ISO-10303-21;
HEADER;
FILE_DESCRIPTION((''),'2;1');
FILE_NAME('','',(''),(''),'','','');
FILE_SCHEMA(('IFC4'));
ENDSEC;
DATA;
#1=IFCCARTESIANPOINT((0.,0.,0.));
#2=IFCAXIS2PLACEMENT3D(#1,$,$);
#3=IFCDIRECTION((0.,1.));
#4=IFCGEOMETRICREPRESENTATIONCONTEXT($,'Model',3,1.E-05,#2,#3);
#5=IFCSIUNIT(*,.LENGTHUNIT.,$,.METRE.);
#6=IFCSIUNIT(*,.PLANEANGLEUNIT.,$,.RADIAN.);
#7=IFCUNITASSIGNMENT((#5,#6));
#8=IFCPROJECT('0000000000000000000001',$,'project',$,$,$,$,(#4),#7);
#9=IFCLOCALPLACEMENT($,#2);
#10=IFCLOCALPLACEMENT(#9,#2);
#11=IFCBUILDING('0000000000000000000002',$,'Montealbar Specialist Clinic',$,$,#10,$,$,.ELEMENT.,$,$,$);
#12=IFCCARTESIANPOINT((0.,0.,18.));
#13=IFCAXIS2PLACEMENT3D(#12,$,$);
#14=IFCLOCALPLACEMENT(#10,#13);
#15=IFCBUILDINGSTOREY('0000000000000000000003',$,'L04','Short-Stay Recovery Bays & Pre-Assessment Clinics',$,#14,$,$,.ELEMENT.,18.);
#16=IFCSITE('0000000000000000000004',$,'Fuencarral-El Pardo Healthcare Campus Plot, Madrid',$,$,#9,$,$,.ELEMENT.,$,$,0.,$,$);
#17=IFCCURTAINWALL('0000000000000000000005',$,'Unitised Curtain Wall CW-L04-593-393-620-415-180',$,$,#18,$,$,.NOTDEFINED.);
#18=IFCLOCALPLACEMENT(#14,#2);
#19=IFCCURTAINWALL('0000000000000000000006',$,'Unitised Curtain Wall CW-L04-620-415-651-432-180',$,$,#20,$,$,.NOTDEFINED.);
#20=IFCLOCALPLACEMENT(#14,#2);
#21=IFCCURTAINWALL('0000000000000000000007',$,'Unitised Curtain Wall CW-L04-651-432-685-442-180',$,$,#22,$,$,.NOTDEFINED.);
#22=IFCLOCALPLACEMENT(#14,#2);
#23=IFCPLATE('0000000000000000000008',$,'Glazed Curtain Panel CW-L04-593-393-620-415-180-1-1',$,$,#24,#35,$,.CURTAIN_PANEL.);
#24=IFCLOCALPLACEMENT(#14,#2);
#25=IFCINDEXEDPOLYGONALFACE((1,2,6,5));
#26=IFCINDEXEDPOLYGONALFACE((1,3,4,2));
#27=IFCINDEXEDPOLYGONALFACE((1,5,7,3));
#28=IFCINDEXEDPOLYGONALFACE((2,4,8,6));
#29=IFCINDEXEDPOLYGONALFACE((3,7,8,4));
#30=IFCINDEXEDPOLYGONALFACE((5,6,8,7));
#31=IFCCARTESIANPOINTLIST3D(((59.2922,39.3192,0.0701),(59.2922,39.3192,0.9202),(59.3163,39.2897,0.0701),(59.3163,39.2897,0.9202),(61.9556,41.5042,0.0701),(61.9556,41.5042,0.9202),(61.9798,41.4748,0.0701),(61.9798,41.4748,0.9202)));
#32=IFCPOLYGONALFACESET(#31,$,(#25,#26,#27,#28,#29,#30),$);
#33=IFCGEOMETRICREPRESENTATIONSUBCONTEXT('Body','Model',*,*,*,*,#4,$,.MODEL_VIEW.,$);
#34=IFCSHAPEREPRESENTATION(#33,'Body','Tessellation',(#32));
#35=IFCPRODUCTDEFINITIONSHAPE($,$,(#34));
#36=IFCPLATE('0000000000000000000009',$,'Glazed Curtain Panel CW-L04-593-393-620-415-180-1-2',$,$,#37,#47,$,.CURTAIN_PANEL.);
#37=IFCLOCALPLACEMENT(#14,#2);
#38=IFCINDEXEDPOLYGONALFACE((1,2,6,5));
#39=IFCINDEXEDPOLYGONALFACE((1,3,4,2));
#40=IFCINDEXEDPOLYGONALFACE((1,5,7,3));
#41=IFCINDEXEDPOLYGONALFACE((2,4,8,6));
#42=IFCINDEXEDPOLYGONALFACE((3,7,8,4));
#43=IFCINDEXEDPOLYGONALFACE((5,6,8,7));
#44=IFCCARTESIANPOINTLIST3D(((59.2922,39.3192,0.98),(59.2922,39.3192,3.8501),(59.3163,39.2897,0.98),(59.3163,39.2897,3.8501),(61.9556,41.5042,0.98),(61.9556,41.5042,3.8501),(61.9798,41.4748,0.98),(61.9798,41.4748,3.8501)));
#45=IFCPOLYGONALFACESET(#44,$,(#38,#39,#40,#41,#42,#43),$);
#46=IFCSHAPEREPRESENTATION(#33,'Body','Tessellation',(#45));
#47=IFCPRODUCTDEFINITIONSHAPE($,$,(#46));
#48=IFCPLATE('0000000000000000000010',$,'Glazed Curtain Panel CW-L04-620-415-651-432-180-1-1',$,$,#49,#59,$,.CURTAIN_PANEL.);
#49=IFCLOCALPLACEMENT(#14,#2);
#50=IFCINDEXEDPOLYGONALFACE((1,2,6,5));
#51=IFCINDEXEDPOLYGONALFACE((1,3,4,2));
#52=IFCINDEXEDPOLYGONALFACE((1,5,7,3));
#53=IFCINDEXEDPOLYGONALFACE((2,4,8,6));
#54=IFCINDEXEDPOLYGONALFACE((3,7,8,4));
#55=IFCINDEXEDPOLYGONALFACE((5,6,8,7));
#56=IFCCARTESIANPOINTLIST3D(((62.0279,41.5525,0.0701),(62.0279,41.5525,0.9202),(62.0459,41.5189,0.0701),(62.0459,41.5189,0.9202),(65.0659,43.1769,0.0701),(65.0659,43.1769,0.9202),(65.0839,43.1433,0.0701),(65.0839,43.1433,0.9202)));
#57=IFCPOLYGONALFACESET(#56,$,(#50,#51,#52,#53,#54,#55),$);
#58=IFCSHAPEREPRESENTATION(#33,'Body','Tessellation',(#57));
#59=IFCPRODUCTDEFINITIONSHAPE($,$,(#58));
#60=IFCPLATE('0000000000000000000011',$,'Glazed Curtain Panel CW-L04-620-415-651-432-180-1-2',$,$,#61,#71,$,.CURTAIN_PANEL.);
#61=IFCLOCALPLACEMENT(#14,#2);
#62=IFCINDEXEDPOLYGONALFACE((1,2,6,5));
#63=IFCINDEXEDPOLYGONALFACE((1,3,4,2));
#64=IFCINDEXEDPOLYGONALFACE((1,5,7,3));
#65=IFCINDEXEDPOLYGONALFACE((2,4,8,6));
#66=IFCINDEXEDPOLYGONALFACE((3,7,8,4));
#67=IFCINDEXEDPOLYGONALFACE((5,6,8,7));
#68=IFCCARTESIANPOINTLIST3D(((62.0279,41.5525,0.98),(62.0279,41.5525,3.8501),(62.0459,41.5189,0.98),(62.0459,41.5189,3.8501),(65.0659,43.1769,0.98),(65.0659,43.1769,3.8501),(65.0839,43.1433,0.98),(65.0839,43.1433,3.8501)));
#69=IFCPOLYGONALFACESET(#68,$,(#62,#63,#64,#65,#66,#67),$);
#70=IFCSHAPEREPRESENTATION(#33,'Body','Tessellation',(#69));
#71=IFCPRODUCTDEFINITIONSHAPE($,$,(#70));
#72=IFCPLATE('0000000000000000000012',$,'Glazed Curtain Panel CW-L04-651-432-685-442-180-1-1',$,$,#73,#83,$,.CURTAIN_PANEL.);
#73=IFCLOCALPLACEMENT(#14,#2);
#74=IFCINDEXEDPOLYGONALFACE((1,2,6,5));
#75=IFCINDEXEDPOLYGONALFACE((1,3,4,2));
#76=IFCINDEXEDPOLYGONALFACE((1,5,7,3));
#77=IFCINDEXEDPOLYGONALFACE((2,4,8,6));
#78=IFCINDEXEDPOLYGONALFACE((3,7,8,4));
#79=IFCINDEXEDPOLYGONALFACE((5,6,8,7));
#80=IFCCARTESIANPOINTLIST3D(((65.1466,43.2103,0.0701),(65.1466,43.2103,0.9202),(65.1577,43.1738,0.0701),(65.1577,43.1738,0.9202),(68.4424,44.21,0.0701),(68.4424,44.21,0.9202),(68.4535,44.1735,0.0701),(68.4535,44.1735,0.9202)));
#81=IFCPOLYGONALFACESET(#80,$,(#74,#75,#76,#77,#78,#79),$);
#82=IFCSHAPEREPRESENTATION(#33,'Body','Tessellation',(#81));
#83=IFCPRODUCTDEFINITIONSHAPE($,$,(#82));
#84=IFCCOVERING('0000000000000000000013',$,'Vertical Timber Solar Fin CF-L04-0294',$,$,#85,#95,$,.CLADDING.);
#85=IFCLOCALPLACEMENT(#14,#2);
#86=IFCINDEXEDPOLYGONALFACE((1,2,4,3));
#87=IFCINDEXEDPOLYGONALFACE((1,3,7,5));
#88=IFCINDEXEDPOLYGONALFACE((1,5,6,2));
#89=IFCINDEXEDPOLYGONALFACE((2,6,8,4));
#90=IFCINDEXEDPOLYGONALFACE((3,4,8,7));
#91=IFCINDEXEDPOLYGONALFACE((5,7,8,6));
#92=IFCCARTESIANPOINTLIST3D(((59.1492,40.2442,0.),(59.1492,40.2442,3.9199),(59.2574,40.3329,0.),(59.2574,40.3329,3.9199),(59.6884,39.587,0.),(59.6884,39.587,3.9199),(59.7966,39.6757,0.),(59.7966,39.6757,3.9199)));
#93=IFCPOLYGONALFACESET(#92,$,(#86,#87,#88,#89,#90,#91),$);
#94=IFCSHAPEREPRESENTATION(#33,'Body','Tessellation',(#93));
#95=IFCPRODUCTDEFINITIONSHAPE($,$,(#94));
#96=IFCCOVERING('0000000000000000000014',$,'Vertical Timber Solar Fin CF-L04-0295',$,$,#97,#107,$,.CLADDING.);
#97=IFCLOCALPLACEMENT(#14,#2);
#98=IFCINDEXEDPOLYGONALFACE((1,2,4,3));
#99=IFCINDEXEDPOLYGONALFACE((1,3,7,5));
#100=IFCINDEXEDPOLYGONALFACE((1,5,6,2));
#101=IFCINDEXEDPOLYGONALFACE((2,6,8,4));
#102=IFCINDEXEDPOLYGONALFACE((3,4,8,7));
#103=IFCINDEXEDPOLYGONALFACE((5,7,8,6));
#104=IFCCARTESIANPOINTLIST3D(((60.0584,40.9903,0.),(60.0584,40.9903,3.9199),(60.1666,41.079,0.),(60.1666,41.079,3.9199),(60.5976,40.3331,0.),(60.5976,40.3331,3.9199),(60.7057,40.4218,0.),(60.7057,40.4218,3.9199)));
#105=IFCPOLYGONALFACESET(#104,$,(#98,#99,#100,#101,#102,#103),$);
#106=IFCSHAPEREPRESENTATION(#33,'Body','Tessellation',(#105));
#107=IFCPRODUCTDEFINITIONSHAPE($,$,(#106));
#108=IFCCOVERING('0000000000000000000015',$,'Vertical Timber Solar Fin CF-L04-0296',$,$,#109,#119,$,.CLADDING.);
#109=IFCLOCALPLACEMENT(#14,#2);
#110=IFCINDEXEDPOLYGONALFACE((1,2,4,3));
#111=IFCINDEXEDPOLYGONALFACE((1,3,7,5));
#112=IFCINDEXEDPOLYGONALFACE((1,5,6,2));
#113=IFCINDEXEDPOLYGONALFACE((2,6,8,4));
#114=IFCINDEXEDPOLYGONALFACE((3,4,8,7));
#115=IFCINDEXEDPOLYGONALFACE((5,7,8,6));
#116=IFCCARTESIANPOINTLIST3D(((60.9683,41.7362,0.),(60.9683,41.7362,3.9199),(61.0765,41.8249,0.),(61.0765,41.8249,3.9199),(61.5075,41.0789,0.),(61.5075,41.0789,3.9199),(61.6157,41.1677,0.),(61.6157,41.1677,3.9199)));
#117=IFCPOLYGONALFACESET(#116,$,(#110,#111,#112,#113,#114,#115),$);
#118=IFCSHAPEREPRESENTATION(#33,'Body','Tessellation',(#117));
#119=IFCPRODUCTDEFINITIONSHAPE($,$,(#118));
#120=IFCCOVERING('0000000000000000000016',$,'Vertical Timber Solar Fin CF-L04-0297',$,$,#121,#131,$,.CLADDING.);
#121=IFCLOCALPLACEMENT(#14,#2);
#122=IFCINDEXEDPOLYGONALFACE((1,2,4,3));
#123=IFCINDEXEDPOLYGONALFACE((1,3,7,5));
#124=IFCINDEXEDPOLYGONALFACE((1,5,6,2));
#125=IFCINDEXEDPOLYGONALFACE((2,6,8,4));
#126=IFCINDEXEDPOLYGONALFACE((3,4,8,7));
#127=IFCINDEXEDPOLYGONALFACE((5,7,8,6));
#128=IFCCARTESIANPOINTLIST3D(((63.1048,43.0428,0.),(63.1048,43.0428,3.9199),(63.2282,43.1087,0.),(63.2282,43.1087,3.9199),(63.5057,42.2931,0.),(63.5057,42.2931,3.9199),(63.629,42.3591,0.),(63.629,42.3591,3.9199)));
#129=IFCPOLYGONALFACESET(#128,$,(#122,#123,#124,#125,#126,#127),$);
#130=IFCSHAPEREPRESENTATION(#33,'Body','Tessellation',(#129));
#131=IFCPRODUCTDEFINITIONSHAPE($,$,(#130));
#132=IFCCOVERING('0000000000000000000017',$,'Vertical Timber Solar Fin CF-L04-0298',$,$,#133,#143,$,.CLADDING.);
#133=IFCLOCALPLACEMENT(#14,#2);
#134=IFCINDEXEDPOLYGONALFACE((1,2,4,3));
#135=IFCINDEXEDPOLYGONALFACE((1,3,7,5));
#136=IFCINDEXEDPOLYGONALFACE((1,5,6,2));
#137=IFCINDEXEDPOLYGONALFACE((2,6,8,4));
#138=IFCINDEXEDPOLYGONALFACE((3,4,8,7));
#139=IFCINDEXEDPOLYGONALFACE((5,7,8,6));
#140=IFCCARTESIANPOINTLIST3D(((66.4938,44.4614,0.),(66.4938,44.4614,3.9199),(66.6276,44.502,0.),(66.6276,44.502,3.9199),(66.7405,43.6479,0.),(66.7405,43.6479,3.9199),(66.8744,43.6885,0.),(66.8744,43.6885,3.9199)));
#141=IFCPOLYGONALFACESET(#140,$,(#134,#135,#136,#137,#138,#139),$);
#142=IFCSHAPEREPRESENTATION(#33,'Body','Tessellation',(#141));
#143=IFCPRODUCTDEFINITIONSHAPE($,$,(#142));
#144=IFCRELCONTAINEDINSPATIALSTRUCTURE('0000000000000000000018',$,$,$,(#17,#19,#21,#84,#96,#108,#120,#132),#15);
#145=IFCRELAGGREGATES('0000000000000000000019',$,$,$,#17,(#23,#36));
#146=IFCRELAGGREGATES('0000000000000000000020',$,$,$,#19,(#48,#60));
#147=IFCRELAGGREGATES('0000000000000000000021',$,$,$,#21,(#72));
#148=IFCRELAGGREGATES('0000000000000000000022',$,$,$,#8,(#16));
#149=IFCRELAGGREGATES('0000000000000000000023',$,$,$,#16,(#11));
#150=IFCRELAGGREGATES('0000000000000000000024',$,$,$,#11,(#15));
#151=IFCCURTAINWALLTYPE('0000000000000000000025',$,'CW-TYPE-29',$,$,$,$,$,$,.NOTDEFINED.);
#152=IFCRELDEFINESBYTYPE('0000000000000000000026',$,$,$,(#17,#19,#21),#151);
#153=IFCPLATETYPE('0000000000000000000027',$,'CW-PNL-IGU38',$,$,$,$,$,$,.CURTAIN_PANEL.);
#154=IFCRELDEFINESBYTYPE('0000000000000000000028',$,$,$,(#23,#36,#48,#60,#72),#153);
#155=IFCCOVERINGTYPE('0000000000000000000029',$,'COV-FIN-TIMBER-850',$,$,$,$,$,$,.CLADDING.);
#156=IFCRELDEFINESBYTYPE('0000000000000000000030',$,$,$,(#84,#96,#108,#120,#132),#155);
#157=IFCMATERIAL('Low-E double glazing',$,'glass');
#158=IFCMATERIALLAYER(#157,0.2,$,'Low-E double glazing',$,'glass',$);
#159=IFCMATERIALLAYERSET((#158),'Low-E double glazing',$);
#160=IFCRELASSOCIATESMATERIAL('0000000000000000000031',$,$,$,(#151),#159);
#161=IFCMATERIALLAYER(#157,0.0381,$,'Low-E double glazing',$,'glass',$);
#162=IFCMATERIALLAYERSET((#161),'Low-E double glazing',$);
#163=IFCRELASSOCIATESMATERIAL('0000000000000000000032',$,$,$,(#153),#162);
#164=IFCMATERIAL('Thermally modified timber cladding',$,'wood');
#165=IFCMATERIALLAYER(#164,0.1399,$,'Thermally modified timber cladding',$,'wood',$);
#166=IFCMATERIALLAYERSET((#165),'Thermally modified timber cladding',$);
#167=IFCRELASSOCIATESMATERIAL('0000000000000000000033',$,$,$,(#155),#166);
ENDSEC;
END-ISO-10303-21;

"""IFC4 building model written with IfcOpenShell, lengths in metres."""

from ifc_helpers import new_model, si_unit, direction, frame, origin, origin_2d, place, context, subcontext, project, spatial, rectangle, extrude, material, layer, layer_set, type_object, element, aggregate, save


model = new_model("IFC4")

# Units and contexts
model_context = context("Model", 3, precision=1e-05, world=origin(), true_north=direction((0.0, 1.0)))
body_context = subcontext(model_context, "Body", "Model", "MODEL_VIEW")
ifc_project = project(units=[si_unit("LENGTHUNIT", "METRE"), si_unit("PLANEANGLEUNIT", "RADIAN")], contexts=[model_context])

# Site, building, storey
site_placement = place(None, origin())
site = spatial("IfcSite", under=ifc_project, at=site_placement, Name="Fuencarral-El Pardo Healthcare Campus Plot, Madrid", CompositionType="ELEMENT", RefElevation=0.0)
building_placement = place(site_placement, origin())
building = spatial("IfcBuilding", under=site, at=building_placement, Name="Montealbar Specialist Clinic", CompositionType="ELEMENT")
storey_placement = place(building_placement, frame((0.0, 0.0, 18.0)))
storey = spatial("IfcBuildingStorey", under=building, at=storey_placement, Name="L04", Description="Short-Stay Recovery Bays & Pre-Assessment Clinics", CompositionType="ELEMENT", Elevation=18.0)

# Curtain walls
ifc_material_1 = material(Name="Low-E double glazing", Category="glass")
ifc_layer_1 = layer(ifc_material_1, 0.2, Name="Low-E double glazing", Category="glass")
ifc_layer_set_1 = layer_set([ifc_layer_1], Name="Low-E double glazing")
curtain_wall_type = type_object("IfcCurtainWallType", Name="CW-TYPE-29", PredefinedType="NOTDEFINED", material=ifc_layer_set_1)
curtain_wall_1_placement = place(storey_placement, origin())
curtain_wall_1 = element("IfcCurtainWall", 1, at=curtain_wall_1_placement, inside=storey, type_object=curtain_wall_type, Name="Unitised Curtain Wall CW-L04-593-393-620-415-180", PredefinedType="NOTDEFINED")
curtain_wall_2_placement = place(storey_placement, origin())
curtain_wall_2 = element("IfcCurtainWall", 2, at=curtain_wall_2_placement, inside=storey, type_object=curtain_wall_type, Name="Unitised Curtain Wall CW-L04-620-415-651-432-180", PredefinedType="NOTDEFINED")

# Curtain wall
curtain_wall_3_placement = place(storey_placement, origin())
curtain_wall_3 = element("IfcCurtainWall", 3, at=curtain_wall_3_placement, inside=storey, type_object=curtain_wall_type, Name="Unitised Curtain Wall CW-L04-651-432-685-442-180", PredefinedType="NOTDEFINED")

# Plates
ifc_layer_2 = layer(ifc_material_1, 0.0381, Name="Low-E double glazing", Category="glass")
ifc_layer_set_2 = layer_set([ifc_layer_2], Name="Low-E double glazing")
plate_type = type_object("IfcPlateType", Name="CW-PNL-IGU38", PredefinedType="CURTAIN_PANEL", material=ifc_layer_set_2)
plate_1_placement = place(storey_placement, frame((60.636, 40.397, 0.0701), z_axis=(0.0, 0.0, 1.0), x_axis=(0.773123, 0.634256, 0.0)))
plate_1 = element("IfcPlate", 4, at=plate_1_placement, type_object=plate_type, Name="Glazed Curtain Panel CW-L04-593-393-620-415-180-1-1", PredefinedType="CURTAIN_PANEL", context=body_context, shape_type="SweptSolid", body=[
    extrude(rectangle(XDim=3.4451, YDim=0.0381, at=origin_2d()), origin(), (0.0, 0.0, 1.0), 0.8501),
])
plate_2_placement = place(storey_placement, frame((60.636, 40.397, 0.98), z_axis=(0.0, 0.0, 1.0), x_axis=(0.773123, 0.634256, 0.0)))
plate_2 = element("IfcPlate", 5, at=plate_2_placement, type_object=plate_type, Name="Glazed Curtain Panel CW-L04-593-393-620-415-180-1-2", PredefinedType="CURTAIN_PANEL", context=body_context, shape_type="SweptSolid", body=[
    extrude(rectangle(XDim=3.4451, YDim=0.0381, at=origin_2d()), origin(), (0.0, 0.0, 1.0), 2.8701),
])
aggregate(curtain_wall_1, [plate_1, plate_2])
plate_3_placement = place(storey_placement, frame((63.5559, 42.3479, 0.0701), z_axis=(0.0, 0.0, 1.0), x_axis=(0.88185, 0.471529, 0.0)))
plate_3 = element("IfcPlate", 6, at=plate_3_placement, type_object=plate_type, Name="Glazed Curtain Panel CW-L04-620-415-651-432-180-1-1", PredefinedType="CURTAIN_PANEL", context=body_context, shape_type="SweptSolid", body=[
    extrude(rectangle(XDim=3.4451, YDim=0.0381, at=origin_2d()), origin(), (0.0, 0.0, 1.0), 0.8501),
])
plate_4_placement = place(storey_placement, frame((63.5559, 42.3479, 0.98), z_axis=(0.0, 0.0, 1.0), x_axis=(0.88185, 0.471529, 0.0)))
plate_4 = element("IfcPlate", 7, at=plate_4_placement, type_object=plate_type, Name="Glazed Curtain Panel CW-L04-620-415-651-432-180-1-2", PredefinedType="CURTAIN_PANEL", context=body_context, shape_type="SweptSolid", body=[
    extrude(rectangle(XDim=3.4451, YDim=0.0381, at=origin_2d()), origin(), (0.0, 0.0, 1.0), 2.8701),
])
aggregate(curtain_wall_2, [plate_3, plate_4])
plate_5_placement = place(storey_placement, frame((66.8, 43.6919, 0.0701), z_axis=(0.0, 0.0, 1.0), x_axis=(0.956948, 0.290259, 0.0)))
plate_5 = element("IfcPlate", 8, at=plate_5_placement, type_object=plate_type, Name="Glazed Curtain Panel CW-L04-651-432-685-442-180-1-1", PredefinedType="CURTAIN_PANEL", context=body_context, shape_type="SweptSolid", body=[
    extrude(rectangle(XDim=3.4441, YDim=0.0381, at=origin_2d()), origin(), (0.0, 0.0, 1.0), 0.8501),
])
aggregate(curtain_wall_3, [plate_5])

# Coverings
ifc_material_2 = material(Name="Thermally modified timber cladding", Category="wood")
ifc_layer_3 = layer(ifc_material_2, 0.1399, Name="Thermally modified timber cladding", Category="wood")
ifc_layer_set_3 = layer_set([ifc_layer_3], Name="Thermally modified timber cladding")
covering_type = type_object("IfcCoveringType", Name="COV-FIN-TIMBER-850", PredefinedType="CLADDING", material=ifc_layer_set_3)
for number, where, z_axis, x_axis, name in (
    (9, (59.4729, 39.96, 0.0), (0.0, 0.0, 1.0), (-0.634256, 0.773123, 0.0), "Vertical Timber Solar Fin CF-L04-0294"),
    (10, (60.3821, 40.7061, 0.0), (0.0, 0.0, 1.0), (-0.634256, 0.773123, 0.0), "Vertical Timber Solar Fin CF-L04-0295"),
    (11, (61.292, 41.4519, 0.0), (0.0, 0.0, 1.0), (-0.634256, 0.773123, 0.0), "Vertical Timber Solar Fin CF-L04-0296"),
    (12, (63.3669, 42.7009, 0.0), (0.0, 0.0, 1.0), (-0.471529, 0.88185, 0.0), "Vertical Timber Solar Fin CF-L04-0297"),
    (13, (66.6841, 44.075, 0.0), (0.0, 0.0, 1.0), (-0.290259, 0.956948, 0.0), "Vertical Timber Solar Fin CF-L04-0298"),
):
    element("IfcCovering", number, at=place(storey_placement, frame(where, z_axis=z_axis, x_axis=x_axis)), inside=storey, type_object=covering_type, Name=name, PredefinedType="CLADDING", context=body_context, shape_type="SweptSolid", body=[
        extrude(rectangle(XDim=0.8501, YDim=0.1399, at=origin_2d()), origin(), (0.0, 0.0, 1.0), 3.9199),
    ])

save(model, "model.ifc")
